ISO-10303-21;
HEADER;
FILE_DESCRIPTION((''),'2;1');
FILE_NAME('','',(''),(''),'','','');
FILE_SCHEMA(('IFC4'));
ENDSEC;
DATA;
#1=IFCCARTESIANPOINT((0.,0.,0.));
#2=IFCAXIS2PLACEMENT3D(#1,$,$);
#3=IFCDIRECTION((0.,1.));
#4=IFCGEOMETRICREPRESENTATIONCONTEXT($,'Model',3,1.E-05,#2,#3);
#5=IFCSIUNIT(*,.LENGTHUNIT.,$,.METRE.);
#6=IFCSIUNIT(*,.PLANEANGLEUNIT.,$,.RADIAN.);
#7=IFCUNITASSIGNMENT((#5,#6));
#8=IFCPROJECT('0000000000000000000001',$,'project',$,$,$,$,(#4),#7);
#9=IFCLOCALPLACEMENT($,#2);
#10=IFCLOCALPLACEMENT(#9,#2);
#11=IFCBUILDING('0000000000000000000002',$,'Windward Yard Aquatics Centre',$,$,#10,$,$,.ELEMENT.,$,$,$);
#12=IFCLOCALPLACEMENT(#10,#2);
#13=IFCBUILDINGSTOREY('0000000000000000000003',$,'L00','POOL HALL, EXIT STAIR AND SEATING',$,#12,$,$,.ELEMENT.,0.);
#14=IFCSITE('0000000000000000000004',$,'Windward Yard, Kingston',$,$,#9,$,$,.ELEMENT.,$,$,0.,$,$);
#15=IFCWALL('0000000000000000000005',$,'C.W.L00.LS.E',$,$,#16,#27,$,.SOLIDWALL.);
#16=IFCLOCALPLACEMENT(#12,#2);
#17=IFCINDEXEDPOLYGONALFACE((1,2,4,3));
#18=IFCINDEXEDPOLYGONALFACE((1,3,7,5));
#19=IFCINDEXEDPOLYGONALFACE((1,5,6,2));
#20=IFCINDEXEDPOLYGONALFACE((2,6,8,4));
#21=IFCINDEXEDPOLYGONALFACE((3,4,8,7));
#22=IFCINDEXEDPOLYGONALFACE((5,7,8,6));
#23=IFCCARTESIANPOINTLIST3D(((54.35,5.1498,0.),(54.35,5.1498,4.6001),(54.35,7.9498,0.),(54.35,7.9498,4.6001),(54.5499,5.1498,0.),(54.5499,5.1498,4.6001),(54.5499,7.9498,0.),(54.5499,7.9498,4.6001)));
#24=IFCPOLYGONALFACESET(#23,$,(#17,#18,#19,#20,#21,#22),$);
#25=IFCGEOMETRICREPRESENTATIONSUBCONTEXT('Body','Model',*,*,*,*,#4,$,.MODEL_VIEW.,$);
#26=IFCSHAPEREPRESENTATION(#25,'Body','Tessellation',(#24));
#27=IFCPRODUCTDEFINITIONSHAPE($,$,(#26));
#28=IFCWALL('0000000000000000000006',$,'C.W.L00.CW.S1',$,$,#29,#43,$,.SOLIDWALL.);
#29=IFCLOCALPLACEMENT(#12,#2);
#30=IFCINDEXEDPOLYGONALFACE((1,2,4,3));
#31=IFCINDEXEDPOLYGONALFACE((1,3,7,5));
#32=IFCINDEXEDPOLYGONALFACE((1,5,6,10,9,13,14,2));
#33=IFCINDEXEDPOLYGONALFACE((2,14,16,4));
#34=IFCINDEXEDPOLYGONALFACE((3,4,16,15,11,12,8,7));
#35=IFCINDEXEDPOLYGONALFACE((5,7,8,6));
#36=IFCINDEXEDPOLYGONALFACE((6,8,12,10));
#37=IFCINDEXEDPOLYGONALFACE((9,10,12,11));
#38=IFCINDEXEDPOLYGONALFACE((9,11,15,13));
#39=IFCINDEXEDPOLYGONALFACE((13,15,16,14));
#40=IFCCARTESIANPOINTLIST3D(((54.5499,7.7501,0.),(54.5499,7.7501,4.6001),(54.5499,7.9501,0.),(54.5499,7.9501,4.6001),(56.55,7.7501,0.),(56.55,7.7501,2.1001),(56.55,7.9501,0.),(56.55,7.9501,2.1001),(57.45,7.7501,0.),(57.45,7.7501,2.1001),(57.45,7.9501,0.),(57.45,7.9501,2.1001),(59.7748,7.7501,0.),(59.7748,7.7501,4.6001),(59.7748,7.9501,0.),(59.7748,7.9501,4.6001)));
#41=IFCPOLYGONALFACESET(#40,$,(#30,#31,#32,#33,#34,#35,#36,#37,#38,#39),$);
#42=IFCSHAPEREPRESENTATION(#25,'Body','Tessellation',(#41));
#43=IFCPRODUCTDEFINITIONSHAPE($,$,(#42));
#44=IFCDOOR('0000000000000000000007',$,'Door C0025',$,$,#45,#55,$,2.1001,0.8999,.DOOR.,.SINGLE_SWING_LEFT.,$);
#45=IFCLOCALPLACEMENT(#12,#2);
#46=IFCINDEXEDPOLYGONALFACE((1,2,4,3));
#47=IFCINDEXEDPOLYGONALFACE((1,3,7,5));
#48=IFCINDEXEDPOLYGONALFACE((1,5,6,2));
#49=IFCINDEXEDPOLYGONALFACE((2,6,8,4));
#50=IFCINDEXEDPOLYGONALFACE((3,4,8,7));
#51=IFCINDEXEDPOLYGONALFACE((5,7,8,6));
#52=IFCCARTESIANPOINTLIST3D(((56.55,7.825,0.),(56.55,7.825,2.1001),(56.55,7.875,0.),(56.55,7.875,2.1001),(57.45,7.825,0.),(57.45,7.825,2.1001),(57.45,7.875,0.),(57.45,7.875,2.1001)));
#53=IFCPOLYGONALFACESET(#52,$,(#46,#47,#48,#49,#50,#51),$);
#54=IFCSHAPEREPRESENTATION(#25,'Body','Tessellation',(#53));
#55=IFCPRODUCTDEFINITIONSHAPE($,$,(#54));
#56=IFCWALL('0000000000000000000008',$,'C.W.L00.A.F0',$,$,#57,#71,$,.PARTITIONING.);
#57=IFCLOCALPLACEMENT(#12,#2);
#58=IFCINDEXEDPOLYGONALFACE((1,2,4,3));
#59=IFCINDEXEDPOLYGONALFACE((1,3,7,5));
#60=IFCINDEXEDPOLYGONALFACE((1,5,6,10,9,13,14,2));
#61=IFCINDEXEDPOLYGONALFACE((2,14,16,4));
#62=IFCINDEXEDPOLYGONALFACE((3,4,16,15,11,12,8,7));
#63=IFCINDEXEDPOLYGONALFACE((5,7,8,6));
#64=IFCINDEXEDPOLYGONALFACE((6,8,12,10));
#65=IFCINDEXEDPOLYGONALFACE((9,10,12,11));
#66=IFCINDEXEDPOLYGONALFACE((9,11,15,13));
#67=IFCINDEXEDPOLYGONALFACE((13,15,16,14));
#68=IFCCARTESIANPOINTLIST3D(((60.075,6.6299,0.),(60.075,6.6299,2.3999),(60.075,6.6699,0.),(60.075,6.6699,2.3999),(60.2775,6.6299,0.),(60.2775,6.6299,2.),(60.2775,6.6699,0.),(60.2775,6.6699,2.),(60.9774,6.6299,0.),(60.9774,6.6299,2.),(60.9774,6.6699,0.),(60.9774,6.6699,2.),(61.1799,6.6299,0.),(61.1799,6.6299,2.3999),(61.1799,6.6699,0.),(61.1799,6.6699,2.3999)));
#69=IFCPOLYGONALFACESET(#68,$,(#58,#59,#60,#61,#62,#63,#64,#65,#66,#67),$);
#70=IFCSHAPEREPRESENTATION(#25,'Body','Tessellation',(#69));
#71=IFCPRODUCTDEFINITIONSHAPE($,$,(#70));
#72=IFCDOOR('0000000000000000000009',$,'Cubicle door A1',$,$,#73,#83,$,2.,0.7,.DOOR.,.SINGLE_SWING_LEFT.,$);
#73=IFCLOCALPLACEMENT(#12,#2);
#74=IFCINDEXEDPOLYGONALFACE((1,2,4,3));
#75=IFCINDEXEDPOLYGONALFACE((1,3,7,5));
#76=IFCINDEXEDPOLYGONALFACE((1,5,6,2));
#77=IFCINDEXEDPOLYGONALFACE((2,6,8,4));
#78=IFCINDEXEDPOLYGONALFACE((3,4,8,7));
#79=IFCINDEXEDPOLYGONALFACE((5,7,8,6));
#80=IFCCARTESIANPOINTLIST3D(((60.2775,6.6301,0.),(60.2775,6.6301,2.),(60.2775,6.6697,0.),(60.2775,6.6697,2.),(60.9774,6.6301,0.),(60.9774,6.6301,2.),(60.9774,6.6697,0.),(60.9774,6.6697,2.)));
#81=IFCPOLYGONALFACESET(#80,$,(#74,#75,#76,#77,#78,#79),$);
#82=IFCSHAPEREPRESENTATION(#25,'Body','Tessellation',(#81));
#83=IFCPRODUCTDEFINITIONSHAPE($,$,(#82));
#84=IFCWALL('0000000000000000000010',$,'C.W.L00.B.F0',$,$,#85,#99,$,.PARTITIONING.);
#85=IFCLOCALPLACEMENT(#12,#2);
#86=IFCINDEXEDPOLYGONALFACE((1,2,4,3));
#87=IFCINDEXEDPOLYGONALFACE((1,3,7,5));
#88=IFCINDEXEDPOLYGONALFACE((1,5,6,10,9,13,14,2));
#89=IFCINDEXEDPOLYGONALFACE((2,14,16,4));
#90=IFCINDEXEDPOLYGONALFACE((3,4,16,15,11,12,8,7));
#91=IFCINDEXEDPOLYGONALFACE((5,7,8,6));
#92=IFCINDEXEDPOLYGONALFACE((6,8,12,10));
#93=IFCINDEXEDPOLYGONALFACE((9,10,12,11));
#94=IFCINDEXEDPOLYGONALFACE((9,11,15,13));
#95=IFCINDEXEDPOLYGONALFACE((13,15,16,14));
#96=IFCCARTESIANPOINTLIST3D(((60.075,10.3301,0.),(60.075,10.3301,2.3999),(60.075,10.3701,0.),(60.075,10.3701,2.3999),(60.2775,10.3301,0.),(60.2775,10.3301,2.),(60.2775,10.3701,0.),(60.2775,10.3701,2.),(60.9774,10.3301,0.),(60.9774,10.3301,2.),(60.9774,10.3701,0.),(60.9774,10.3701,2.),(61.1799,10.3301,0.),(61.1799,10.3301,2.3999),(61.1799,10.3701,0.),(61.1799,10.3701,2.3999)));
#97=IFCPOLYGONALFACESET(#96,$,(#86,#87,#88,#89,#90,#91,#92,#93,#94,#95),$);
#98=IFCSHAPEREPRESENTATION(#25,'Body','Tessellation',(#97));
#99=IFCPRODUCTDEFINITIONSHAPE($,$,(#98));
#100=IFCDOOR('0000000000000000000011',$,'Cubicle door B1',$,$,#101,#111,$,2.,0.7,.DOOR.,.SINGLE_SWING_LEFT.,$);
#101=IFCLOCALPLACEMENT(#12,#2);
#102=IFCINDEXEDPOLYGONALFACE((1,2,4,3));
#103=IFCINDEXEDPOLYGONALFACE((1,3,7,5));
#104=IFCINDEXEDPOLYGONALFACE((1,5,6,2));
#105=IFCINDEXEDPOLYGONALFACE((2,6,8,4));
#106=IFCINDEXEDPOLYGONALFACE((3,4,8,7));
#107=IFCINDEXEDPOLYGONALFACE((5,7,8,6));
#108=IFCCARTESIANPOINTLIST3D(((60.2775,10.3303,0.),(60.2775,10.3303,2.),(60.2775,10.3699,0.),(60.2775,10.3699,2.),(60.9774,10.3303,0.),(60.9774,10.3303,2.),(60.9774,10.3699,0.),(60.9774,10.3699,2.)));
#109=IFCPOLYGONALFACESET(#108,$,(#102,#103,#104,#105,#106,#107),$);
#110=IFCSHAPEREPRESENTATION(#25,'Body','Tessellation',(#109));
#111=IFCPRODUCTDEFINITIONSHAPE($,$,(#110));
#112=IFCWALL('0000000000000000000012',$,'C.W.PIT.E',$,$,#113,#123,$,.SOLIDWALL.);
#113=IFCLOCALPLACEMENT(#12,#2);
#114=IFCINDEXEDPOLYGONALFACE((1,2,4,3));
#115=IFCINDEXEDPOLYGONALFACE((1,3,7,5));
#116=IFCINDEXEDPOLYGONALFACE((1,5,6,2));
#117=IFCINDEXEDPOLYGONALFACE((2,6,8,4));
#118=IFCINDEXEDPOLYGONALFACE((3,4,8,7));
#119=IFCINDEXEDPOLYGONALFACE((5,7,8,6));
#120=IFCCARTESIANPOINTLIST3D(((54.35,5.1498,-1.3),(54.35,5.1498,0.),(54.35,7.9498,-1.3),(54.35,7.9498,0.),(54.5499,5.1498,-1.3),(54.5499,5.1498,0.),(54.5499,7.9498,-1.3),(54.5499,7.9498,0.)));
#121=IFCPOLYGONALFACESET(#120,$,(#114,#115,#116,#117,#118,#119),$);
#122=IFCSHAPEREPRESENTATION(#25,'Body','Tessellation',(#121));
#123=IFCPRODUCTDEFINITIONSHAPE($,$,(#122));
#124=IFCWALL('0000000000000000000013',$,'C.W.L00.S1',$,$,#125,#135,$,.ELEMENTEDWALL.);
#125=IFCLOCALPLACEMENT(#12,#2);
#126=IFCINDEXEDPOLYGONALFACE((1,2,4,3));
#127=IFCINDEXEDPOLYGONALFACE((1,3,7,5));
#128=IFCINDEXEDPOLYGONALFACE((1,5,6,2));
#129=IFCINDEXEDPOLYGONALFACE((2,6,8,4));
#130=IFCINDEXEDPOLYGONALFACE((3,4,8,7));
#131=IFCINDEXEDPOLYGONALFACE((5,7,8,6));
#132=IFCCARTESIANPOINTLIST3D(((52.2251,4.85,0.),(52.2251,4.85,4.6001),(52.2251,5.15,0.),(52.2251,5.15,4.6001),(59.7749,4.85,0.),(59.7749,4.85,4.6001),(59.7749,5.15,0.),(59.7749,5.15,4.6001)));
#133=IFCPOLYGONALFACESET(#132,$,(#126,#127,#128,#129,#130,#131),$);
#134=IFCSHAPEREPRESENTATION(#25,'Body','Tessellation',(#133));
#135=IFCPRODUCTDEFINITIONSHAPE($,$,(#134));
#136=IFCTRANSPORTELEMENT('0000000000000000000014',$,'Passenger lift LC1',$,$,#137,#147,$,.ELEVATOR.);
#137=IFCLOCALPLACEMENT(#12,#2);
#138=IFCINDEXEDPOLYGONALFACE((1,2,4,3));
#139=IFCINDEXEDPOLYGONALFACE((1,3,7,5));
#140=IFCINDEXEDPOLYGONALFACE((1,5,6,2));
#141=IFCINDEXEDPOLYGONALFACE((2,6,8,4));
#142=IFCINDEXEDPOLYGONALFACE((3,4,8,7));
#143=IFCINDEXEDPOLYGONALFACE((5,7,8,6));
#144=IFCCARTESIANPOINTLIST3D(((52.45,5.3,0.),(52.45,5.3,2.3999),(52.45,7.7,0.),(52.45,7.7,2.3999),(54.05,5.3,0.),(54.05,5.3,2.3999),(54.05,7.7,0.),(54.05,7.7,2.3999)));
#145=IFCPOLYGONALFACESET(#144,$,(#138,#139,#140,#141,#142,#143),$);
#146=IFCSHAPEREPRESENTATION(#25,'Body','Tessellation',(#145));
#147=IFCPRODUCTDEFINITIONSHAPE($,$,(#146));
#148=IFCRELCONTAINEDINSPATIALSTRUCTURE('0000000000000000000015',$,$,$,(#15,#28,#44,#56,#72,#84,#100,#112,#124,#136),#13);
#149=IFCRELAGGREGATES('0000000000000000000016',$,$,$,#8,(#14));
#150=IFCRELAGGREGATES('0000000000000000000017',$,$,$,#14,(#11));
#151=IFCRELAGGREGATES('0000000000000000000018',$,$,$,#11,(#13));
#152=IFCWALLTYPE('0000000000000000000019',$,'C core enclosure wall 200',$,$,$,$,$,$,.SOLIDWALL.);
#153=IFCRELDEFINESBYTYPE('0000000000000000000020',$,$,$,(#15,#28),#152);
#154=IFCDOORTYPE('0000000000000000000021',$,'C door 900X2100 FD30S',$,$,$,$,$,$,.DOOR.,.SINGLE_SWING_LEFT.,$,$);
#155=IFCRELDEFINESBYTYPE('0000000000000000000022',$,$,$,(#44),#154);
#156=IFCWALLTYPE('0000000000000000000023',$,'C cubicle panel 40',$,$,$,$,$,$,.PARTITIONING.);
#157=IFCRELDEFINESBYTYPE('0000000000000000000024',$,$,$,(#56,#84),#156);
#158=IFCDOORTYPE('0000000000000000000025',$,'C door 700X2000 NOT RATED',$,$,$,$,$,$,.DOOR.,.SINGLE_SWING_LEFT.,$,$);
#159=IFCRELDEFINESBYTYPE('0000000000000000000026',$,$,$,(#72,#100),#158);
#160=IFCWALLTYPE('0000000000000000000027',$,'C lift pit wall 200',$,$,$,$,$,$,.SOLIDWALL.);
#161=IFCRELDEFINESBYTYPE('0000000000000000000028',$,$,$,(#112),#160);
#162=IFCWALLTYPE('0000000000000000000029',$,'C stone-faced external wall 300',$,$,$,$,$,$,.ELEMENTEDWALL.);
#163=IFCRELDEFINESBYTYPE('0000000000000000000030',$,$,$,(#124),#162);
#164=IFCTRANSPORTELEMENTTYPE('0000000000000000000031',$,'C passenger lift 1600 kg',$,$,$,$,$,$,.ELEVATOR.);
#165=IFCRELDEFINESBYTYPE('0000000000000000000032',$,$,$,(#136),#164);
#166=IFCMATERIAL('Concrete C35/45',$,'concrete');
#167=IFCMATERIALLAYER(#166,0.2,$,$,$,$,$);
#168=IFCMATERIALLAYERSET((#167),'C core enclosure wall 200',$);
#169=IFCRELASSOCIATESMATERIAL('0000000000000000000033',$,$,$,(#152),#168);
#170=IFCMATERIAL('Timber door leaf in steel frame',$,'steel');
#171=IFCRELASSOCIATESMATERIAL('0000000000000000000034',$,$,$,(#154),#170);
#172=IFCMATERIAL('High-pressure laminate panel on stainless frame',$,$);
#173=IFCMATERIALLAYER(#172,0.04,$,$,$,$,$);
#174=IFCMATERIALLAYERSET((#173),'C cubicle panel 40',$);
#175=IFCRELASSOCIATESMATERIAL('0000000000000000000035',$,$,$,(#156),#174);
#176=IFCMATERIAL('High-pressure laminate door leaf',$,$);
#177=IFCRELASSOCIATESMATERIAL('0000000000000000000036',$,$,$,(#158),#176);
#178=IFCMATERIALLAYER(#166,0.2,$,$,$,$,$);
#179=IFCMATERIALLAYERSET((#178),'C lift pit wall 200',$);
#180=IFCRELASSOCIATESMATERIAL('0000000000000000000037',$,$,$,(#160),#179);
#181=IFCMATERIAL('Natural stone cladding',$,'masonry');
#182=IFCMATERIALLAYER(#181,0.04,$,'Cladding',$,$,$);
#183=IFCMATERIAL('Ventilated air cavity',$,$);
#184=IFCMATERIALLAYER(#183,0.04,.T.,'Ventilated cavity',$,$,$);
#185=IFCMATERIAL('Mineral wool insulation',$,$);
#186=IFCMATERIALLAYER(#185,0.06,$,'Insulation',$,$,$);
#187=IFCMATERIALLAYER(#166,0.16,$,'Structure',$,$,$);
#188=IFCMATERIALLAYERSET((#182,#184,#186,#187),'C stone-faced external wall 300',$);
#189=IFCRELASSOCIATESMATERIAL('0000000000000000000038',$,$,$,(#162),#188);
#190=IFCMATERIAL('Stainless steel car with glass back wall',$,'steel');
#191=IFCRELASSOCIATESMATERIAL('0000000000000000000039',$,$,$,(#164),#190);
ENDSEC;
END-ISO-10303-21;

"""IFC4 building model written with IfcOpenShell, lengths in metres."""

from ifc_helpers import new_model, si_unit, direction, frame, frame_2d, origin, origin_2d, place, context, subcontext, project, spatial, rectangle, extrude, material, layer, layer_set, type_object, element, fill, save


model = new_model("IFC4")

# Units and contexts
model_context = context("Model", 3, precision=1e-05, world=origin(), true_north=direction((0.0, 1.0)))
body_context = subcontext(model_context, "Body", "Model", "MODEL_VIEW")
ifc_project = project(units=[si_unit("LENGTHUNIT", "METRE"), si_unit("PLANEANGLEUNIT", "RADIAN")], contexts=[model_context])

# Site, building, storey
site_placement = place(None, origin())
site = spatial("IfcSite", under=ifc_project, at=site_placement, Name="Windward Yard, Kingston", CompositionType="ELEMENT", RefElevation=0.0)
building_placement = place(site_placement, origin())
building = spatial("IfcBuilding", under=site, at=building_placement, Name="Windward Yard Aquatics Centre", CompositionType="ELEMENT")
storey_placement = place(building_placement, origin())
storey = spatial("IfcBuildingStorey", under=building, at=storey_placement, Name="L00", Description="POOL HALL, EXIT STAIR AND SEATING", CompositionType="ELEMENT", Elevation=0.0)

# Shared definitions
ifc_material_1 = material(Name="Concrete C35/45", Category="concrete")

# Wall
ifc_layer_1 = layer(ifc_material_1, 0.2)
ifc_layer_set_1 = layer_set([ifc_layer_1], Name="C core enclosure wall 200")
wall_type_1 = type_object("IfcWallType", Name="C core enclosure wall 200", PredefinedType="SOLIDWALL", material=ifc_layer_set_1)
wall_1_placement = place(storey_placement, frame((54.45, 5.1499, 0.0), z_axis=(0.0, 0.0, 1.0), x_axis=(0.0, 1.0, 0.0)))
element("IfcWall", 1, at=wall_1_placement, inside=storey, type_object=wall_type_1, Name="C.W.L00.LS.E", PredefinedType="SOLIDWALL", context=body_context, shape_type="SweptSolid", body=[
    extrude(rectangle(XDim=2.8, YDim=0.2, at=frame_2d((1.3999, 0.0))), origin(), (0.0, 0.0, 1.0), 4.6001),
])

# Walls, openings, doors
wall_2_placement = place(storey_placement, frame((54.55, 7.8501, 0.0), z_axis=(0.0, 0.0, 1.0), x_axis=(1.0, 0.0, 0.0)))
wall_2 = element("IfcWall", 2, at=wall_2_placement, inside=storey, type_object=wall_type_1, Name="C.W.L00.CW.S1", PredefinedType="SOLIDWALL", context=body_context, shape_type="SweptSolid", body=[
    extrude(rectangle(XDim=5.2249, YDim=0.2, at=frame_2d((2.6123, 0.0))), origin(), (0.0, 0.0, 1.0), 4.6001),
])
opening_1_placement = place(wall_2_placement, frame((2.0, 0.0, 0.0)))
opening_1 = element("IfcOpeningElement", 3, at=opening_1_placement, cuts=wall_2, PredefinedType="OPENING", context=body_context, shape_type="SweptSolid", body=[
    extrude(rectangle(XDim=0.8999, YDim=2.1001, at=frame_2d((0.45, 1.05))), frame((0.0, 0.1099, 0.0), z_axis=(0.0, -1.0, 0.0), x_axis=(1.0, 0.0, 0.0)), (0.0, 0.0, 1.0), 0.22),
])
ifc_material_2 = material(Name="Timber door leaf in steel frame", Category="steel")
door_type_1 = type_object("IfcDoorType", Name="C door 900X2100 FD30S", OperationType="SINGLE_SWING_LEFT", PredefinedType="DOOR", material=ifc_material_2)
door_1_placement = place(opening_1_placement, origin())
door_1 = element("IfcDoor", 4, at=door_1_placement, inside=storey, type_object=door_type_1, Name="Door C0025", OperationType="SINGLE_SWING_LEFT", OverallHeight=2.1001, OverallWidth=0.8999, PredefinedType="DOOR", context=body_context, shape_type="SweptSolid", body=[
    extrude(rectangle(XDim=0.8999, YDim=2.1001, at=frame_2d((0.45, 1.05))), frame((0.0, 0.0249, 0.0), z_axis=(0.0, -1.0, 0.0), x_axis=(1.0, 0.0, 0.0)), (0.0, 0.0, 1.0), 0.05),
])
fill(opening_1, door_1)
ifc_material_3 = material(Name="High-pressure laminate panel on stainless frame")
ifc_layer_2 = layer(ifc_material_3, 0.04)
ifc_layer_set_2 = layer_set([ifc_layer_2], Name="C cubicle panel 40")
wall_type_2 = type_object("IfcWallType", Name="C cubicle panel 40", PredefinedType="PARTITIONING", material=ifc_layer_set_2)
wall_3_placement = place(storey_placement, frame((60.075, 6.6499, 0.0), z_axis=(0.0, 0.0, 1.0), x_axis=(1.0, 0.0, 0.0)))
wall_3 = element("IfcWall", 5, at=wall_3_placement, inside=storey, type_object=wall_type_2, Name="C.W.L00.A.F0", PredefinedType="PARTITIONING", context=body_context, shape_type="SweptSolid", body=[
    extrude(rectangle(XDim=1.105, YDim=0.04, at=frame_2d((0.5525, 0.0))), origin(), (0.0, 0.0, 1.0), 2.3999),
])
opening_2_placement = place(wall_3_placement, frame((0.2024, 0.0, 0.0)))
opening_2 = element("IfcOpeningElement", 6, at=opening_2_placement, cuts=wall_3, PredefinedType="OPENING", context=body_context, shape_type="SweptSolid", body=[
    extrude(rectangle(XDim=0.7, YDim=2.0, at=frame_2d((0.3501, 1.0))), frame((0.0, 0.03, 0.0), z_axis=(0.0, -1.0, 0.0), x_axis=(1.0, 0.0, 0.0)), (0.0, 0.0, 1.0), 0.0601),
])
ifc_material_4 = material(Name="High-pressure laminate door leaf")
door_type_2 = type_object("IfcDoorType", Name="C door 700X2000 NOT RATED", OperationType="SINGLE_SWING_LEFT", PredefinedType="DOOR", material=ifc_material_4)
door_2_placement = place(opening_2_placement, origin())
door_2 = element("IfcDoor", 7, at=door_2_placement, inside=storey, type_object=door_type_2, Name="Cubicle door A1", OperationType="SINGLE_SWING_LEFT", OverallHeight=2.0, OverallWidth=0.7, PredefinedType="DOOR", context=body_context, shape_type="SweptSolid", body=[
    extrude(rectangle(XDim=0.7, YDim=2.0, at=frame_2d((0.3501, 1.0))), frame((0.0, 0.0198, 0.0), z_axis=(0.0, -1.0, 0.0), x_axis=(1.0, 0.0, 0.0)), (0.0, 0.0, 1.0), 0.0396),
])
fill(opening_2, door_2)
wall_4_placement = place(storey_placement, frame((60.075, 10.3501, 0.0), z_axis=(0.0, 0.0, 1.0), x_axis=(1.0, 0.0, 0.0)))
wall_4 = element("IfcWall", 8, at=wall_4_placement, inside=storey, type_object=wall_type_2, Name="C.W.L00.B.F0", PredefinedType="PARTITIONING", context=body_context, shape_type="SweptSolid", body=[
    extrude(rectangle(XDim=1.105, YDim=0.04, at=frame_2d((0.5525, 0.0))), origin(), (0.0, 0.0, 1.0), 2.3999),
])
opening_3_placement = place(wall_4_placement, frame((0.2024, 0.0, 0.0)))
opening_3 = element("IfcOpeningElement", 9, at=opening_3_placement, cuts=wall_4, PredefinedType="OPENING", context=body_context, shape_type="SweptSolid", body=[
    extrude(rectangle(XDim=0.7, YDim=2.0, at=frame_2d((0.3501, 1.0))), frame((0.0, 0.03, 0.0), z_axis=(0.0, -1.0, 0.0), x_axis=(1.0, 0.0, 0.0)), (0.0, 0.0, 1.0), 0.0601),
])
door_3_placement = place(opening_3_placement, origin())
door_3 = element("IfcDoor", 10, at=door_3_placement, inside=storey, type_object=door_type_2, Name="Cubicle door B1", OperationType="SINGLE_SWING_LEFT", OverallHeight=2.0, OverallWidth=0.7, PredefinedType="DOOR", context=body_context, shape_type="SweptSolid", body=[
    extrude(rectangle(XDim=0.7, YDim=2.0, at=frame_2d((0.3501, 1.0))), frame((0.0, 0.0198, 0.0), z_axis=(0.0, -1.0, 0.0), x_axis=(1.0, 0.0, 0.0)), (0.0, 0.0, 1.0), 0.0396),
])
fill(opening_3, door_3)

# Walls
ifc_layer_3 = layer(ifc_material_1, 0.2)
ifc_layer_set_3 = layer_set([ifc_layer_3], Name="C lift pit wall 200")
wall_type_3 = type_object("IfcWallType", Name="C lift pit wall 200", PredefinedType="SOLIDWALL", material=ifc_layer_set_3)
wall_5_placement = place(storey_placement, frame((54.45, 5.1499, -1.3), z_axis=(0.0, 0.0, 1.0), x_axis=(0.0, 1.0, 0.0)))
element("IfcWall", 11, at=wall_5_placement, inside=storey, type_object=wall_type_3, Name="C.W.PIT.E", PredefinedType="SOLIDWALL", context=body_context, shape_type="SweptSolid", body=[
    extrude(rectangle(XDim=2.8, YDim=0.2, at=frame_2d((1.3999, 0.0))), origin(), (0.0, 0.0, 1.0), 1.3),
])
ifc_material_5 = material(Name="Natural stone cladding", Category="masonry")
ifc_layer_4 = layer(ifc_material_5, 0.04, Name="Cladding")
ifc_material_6 = material(Name="Ventilated air cavity")
ifc_layer_5 = layer(ifc_material_6, 0.04, ventilated=True, Name="Ventilated cavity")
ifc_material_7 = material(Name="Mineral wool insulation")
ifc_layer_6 = layer(ifc_material_7, 0.06, Name="Insulation")
ifc_layer_7 = layer(ifc_material_1, 0.16, Name="Structure")
ifc_layer_set_4 = layer_set([ifc_layer_4, ifc_layer_5, ifc_layer_6, ifc_layer_7], Name="C stone-faced external wall 300")
wall_type_4 = type_object("IfcWallType", Name="C stone-faced external wall 300", PredefinedType="ELEMENTEDWALL", material=ifc_layer_set_4)
wall_6_placement = place(storey_placement, frame((52.2251, 5.0, 0.0), z_axis=(0.0, 0.0, 1.0), x_axis=(1.0, 0.0, 0.0)))
element("IfcWall", 12, at=wall_6_placement, inside=storey, type_object=wall_type_4, Name="C.W.L00.S1", PredefinedType="ELEMENTEDWALL", context=body_context, shape_type="SweptSolid", body=[
    extrude(rectangle(XDim=7.5498, YDim=0.3, at=frame_2d((3.7749, 0.0))), origin(), (0.0, 0.0, 1.0), 4.6001),
])

# Transport element
ifc_material_8 = material(Name="Stainless steel car with glass back wall", Category="steel")
transport_element_type = type_object("IfcTransportElementType", Name="C passenger lift 1600 kg", PredefinedType="ELEVATOR", material=ifc_material_8)
transport_element_placement = place(storey_placement, frame((53.25, 6.5, 0.0), z_axis=(0.0, 0.0, 1.0), x_axis=(1.0, 0.0, 0.0)))
element("IfcTransportElement", 13, at=transport_element_placement, inside=storey, type_object=transport_element_type, Name="Passenger lift LC1", PredefinedType="ELEVATOR", context=body_context, shape_type="SweptSolid", body=[
    extrude(rectangle(XDim=1.6001, YDim=2.3999, at=origin_2d()), origin(), (0.0, 0.0, 1.0), 2.3999),
])

save(model, "model.ifc")
